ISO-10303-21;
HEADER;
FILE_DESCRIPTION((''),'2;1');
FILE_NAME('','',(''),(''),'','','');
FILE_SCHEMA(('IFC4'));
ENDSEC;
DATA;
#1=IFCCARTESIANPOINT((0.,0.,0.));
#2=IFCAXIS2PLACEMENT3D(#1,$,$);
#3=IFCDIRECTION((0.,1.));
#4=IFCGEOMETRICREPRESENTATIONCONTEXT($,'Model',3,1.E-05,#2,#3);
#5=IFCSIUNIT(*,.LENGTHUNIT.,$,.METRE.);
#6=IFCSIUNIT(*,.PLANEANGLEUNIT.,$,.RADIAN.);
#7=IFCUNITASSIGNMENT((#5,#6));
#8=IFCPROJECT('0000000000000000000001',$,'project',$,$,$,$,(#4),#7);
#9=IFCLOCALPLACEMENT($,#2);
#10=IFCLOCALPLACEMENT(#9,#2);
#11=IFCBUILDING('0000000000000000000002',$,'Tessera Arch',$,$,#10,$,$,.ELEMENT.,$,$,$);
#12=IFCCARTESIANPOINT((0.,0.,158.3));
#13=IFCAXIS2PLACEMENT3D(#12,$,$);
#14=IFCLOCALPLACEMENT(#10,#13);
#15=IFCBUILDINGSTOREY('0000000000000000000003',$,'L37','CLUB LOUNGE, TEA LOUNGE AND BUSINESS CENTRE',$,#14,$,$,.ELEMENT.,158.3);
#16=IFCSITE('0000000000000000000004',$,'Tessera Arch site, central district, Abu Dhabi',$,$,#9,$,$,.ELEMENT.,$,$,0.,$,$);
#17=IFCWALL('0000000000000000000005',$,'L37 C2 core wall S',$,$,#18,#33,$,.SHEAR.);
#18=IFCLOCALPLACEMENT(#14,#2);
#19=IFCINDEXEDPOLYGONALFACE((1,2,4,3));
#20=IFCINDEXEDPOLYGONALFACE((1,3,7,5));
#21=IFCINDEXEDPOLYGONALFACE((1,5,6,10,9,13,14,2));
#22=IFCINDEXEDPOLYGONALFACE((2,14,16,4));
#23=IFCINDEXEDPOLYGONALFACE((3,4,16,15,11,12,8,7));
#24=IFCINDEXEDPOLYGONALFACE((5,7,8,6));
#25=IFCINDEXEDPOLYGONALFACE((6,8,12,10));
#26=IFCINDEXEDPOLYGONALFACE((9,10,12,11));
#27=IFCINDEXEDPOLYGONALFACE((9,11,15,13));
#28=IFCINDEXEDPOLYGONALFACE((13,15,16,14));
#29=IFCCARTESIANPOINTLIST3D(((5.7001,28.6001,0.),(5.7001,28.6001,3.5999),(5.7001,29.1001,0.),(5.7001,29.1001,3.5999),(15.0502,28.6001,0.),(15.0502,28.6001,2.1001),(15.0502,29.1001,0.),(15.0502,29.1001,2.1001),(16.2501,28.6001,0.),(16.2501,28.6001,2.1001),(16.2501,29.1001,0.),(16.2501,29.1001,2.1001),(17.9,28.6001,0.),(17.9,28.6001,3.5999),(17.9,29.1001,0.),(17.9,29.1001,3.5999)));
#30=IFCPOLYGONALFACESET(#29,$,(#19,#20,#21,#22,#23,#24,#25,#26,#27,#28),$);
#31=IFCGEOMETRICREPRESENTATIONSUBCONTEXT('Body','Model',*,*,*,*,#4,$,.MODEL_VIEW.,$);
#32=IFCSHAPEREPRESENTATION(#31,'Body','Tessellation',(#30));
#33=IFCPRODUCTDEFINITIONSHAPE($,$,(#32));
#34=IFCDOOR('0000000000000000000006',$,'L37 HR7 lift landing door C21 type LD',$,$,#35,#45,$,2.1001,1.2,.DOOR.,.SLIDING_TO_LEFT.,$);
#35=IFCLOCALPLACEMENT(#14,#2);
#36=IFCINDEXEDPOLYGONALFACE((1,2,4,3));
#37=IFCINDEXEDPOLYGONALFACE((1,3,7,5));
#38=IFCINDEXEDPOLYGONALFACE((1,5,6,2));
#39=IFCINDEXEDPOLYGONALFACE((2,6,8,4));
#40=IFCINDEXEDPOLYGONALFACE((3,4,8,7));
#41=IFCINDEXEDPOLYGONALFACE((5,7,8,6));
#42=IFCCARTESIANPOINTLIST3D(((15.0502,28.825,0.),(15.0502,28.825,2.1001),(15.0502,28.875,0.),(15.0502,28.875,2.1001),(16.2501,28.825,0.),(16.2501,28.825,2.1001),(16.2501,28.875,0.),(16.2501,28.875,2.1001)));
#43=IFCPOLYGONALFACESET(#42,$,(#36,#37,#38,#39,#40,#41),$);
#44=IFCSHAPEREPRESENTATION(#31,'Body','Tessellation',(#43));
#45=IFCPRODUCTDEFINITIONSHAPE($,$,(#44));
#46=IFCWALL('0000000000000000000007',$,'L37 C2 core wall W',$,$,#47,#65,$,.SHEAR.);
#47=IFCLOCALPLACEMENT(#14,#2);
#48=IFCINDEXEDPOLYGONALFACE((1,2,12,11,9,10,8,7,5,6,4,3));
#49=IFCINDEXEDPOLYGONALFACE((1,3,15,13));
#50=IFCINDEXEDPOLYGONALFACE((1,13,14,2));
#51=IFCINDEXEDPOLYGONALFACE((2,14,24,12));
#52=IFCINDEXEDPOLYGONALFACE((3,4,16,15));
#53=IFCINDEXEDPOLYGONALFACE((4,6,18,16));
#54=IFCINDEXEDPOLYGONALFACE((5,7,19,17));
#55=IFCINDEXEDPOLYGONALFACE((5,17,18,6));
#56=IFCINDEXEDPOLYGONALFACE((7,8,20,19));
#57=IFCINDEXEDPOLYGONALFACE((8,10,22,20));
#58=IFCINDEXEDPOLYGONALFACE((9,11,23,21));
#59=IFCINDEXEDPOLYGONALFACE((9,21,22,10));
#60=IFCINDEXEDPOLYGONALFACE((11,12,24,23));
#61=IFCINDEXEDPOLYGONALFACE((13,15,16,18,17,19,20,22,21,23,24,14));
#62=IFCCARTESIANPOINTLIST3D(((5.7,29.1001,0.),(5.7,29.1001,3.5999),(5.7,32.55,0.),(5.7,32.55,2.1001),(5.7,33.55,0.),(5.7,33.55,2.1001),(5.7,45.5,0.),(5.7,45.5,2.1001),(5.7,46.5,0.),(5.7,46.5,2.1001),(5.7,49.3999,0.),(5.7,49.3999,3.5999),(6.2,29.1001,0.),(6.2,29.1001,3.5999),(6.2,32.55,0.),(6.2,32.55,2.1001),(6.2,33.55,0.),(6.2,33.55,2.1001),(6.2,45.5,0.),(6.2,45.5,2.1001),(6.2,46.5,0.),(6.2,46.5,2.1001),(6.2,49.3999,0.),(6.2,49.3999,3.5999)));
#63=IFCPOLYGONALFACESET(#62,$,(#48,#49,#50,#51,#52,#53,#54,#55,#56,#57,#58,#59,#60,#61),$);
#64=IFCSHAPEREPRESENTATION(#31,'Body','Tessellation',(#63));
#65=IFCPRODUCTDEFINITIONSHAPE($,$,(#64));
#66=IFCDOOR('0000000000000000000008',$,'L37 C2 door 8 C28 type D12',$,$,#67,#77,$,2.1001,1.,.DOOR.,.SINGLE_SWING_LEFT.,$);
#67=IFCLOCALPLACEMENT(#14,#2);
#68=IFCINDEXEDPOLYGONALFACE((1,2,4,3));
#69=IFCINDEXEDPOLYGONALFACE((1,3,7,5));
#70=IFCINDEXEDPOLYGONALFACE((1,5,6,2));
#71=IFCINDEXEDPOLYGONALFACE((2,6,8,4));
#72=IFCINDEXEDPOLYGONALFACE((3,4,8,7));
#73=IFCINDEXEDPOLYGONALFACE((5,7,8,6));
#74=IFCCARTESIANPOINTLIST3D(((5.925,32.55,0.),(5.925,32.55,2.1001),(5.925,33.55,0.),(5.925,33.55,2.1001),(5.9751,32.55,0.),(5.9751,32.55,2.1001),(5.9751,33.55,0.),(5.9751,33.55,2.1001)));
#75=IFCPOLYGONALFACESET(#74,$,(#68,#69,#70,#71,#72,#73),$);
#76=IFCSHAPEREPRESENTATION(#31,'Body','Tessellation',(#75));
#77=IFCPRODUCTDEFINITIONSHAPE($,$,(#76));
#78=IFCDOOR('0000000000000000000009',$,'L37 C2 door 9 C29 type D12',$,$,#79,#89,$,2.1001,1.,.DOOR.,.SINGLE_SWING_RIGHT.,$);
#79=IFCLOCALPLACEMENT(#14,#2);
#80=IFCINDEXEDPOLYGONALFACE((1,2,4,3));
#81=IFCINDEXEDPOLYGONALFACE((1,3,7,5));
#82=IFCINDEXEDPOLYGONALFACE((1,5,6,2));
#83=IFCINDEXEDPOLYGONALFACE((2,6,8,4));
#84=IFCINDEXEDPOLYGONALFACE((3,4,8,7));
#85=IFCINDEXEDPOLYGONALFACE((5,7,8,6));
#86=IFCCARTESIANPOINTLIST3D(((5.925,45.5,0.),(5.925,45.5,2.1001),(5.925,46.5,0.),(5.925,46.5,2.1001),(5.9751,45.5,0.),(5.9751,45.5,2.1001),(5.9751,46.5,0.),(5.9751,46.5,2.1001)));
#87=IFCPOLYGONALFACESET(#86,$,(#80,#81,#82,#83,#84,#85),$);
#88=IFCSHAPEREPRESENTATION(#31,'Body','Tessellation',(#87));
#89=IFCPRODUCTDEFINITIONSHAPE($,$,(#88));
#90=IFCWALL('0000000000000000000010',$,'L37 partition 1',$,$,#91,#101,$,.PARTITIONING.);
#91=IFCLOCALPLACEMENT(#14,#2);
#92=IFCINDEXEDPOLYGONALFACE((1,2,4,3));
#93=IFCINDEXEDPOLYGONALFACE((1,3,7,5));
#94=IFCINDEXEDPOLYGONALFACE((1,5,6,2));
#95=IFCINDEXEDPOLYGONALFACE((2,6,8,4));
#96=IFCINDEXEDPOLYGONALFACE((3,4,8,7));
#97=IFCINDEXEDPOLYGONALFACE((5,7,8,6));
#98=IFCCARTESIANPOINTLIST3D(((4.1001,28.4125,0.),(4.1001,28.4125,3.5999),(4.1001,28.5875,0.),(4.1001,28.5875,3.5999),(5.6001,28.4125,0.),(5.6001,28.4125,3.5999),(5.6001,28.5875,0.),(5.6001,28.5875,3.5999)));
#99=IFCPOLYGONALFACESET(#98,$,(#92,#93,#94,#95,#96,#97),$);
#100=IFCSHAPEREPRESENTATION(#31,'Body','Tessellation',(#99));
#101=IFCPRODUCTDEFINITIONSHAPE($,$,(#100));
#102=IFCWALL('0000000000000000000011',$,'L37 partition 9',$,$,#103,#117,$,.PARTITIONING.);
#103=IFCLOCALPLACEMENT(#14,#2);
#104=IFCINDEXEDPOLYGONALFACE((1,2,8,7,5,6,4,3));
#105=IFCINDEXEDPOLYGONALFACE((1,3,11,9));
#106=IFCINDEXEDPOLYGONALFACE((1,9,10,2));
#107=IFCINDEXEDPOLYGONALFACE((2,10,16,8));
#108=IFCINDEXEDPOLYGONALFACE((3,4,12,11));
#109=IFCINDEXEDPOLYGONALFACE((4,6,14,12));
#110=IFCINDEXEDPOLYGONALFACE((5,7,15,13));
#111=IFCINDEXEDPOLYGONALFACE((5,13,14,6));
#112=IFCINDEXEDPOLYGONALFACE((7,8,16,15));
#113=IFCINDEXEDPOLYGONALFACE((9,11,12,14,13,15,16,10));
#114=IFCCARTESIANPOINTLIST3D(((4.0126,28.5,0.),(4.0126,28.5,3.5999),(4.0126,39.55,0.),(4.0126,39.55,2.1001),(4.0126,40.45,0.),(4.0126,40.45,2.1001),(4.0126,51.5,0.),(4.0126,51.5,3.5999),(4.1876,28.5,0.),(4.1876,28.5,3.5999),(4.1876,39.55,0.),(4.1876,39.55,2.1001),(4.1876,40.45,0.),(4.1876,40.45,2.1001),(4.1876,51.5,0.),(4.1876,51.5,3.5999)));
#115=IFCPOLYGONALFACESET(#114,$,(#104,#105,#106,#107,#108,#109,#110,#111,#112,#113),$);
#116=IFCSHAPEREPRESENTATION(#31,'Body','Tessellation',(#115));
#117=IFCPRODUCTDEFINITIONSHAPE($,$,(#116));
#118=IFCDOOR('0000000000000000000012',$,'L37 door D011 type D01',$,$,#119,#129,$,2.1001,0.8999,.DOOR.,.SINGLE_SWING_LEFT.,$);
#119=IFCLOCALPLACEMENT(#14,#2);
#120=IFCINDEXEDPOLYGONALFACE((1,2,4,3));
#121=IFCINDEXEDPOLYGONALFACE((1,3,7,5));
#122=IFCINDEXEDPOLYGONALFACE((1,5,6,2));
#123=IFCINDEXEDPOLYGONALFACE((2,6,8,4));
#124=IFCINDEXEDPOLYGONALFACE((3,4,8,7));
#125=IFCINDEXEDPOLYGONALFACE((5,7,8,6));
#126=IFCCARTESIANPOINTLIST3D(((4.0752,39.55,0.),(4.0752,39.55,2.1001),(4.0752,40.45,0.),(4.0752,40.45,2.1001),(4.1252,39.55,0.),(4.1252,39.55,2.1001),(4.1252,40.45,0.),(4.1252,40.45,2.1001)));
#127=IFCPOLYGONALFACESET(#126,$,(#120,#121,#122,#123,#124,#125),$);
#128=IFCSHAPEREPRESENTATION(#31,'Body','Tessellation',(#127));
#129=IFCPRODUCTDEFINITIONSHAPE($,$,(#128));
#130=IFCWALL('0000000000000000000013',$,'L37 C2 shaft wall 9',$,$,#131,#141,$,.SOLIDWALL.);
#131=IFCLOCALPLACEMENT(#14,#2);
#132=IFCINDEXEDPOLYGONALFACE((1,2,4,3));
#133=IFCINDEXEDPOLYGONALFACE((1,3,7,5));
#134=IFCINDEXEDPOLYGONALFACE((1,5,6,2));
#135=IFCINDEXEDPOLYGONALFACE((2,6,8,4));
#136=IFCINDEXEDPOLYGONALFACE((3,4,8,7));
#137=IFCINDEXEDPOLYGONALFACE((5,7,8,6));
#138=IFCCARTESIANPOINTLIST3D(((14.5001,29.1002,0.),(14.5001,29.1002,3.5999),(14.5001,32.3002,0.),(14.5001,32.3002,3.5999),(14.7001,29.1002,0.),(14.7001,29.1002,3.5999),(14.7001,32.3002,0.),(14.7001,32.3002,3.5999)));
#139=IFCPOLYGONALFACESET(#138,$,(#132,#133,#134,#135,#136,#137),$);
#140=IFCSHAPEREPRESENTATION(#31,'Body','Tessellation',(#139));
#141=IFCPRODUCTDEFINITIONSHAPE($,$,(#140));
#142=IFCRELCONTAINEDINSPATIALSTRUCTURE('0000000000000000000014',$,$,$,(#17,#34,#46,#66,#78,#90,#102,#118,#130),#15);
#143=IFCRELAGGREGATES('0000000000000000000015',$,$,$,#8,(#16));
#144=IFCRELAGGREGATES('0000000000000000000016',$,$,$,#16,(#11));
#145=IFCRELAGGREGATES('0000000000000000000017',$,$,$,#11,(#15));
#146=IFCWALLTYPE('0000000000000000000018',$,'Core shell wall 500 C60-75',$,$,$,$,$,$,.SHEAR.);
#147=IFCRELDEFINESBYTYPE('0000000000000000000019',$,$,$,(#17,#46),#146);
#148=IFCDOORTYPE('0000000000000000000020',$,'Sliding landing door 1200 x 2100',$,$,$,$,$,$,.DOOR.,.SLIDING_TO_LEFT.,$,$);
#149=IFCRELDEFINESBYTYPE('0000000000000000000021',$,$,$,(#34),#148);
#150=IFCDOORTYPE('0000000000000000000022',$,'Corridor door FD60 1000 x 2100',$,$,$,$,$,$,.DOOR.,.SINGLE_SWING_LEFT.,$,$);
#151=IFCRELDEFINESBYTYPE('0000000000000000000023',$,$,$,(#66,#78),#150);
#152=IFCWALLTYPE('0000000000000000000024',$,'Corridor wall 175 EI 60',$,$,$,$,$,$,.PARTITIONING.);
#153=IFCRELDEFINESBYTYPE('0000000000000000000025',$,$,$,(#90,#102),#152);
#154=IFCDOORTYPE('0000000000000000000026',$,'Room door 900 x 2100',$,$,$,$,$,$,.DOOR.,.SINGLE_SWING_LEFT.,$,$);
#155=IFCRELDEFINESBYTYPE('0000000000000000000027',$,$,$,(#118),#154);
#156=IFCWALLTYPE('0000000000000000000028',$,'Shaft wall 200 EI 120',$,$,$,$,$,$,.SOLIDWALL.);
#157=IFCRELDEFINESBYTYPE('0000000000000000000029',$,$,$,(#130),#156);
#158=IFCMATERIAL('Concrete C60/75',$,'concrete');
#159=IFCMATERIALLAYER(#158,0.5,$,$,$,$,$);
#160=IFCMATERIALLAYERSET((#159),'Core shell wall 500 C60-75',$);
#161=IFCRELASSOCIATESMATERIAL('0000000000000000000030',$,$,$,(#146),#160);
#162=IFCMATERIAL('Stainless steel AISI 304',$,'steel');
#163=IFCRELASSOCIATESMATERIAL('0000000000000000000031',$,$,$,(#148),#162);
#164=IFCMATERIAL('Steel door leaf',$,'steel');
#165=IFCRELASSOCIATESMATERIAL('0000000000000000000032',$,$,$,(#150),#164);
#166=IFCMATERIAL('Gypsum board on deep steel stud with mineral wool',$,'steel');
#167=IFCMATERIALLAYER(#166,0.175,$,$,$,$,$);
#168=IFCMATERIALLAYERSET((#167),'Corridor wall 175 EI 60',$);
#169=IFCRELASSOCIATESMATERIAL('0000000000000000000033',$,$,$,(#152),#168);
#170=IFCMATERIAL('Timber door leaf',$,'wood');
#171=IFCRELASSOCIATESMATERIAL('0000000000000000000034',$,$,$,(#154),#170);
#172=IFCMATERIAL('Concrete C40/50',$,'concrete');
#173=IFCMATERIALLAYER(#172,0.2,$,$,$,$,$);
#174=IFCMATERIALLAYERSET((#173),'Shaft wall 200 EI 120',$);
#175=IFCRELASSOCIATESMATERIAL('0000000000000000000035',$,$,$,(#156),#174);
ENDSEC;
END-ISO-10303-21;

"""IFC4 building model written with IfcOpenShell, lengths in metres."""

from ifc_helpers import new_model, si_unit, direction, frame, frame_2d, origin, place, context, subcontext, project, spatial, rectangle, extrude, material, layer, layer_set, type_object, element, fill, save


model = new_model("IFC4")

# Units and contexts
model_context = context("Model", 3, precision=1e-05, world=origin(), true_north=direction((0.0, 1.0)))
body_context = subcontext(model_context, "Body", "Model", "MODEL_VIEW")
ifc_project = project(units=[si_unit("LENGTHUNIT", "METRE"), si_unit("PLANEANGLEUNIT", "RADIAN")], contexts=[model_context])

# Site, building, storey
site_placement = place(None, origin())
site = spatial("IfcSite", under=ifc_project, at=site_placement, Name="Tessera Arch site, central district, Abu Dhabi", CompositionType="ELEMENT", RefElevation=0.0)
building_placement = place(site_placement, origin())
building = spatial("IfcBuilding", under=site, at=building_placement, Name="Tessera Arch", CompositionType="ELEMENT")
storey_placement = place(building_placement, frame((0.0, 0.0, 158.3)))
storey = spatial("IfcBuildingStorey", under=building, at=storey_placement, Name="L37", Description="CLUB LOUNGE, TEA LOUNGE AND BUSINESS CENTRE", CompositionType="ELEMENT", Elevation=158.3)

# Wall, opening, door
ifc_material_1 = material(Name="Concrete C60/75", Category="concrete")
ifc_layer_1 = layer(ifc_material_1, 0.5)
ifc_layer_set_1 = layer_set([ifc_layer_1], Name="Core shell wall 500 C60-75")
wall_type_1 = type_object("IfcWallType", Name="Core shell wall 500 C60-75", PredefinedType="SHEAR", material=ifc_layer_set_1)
wall_1_placement = place(storey_placement, frame((5.7, 28.8501, 0.0), z_axis=(0.0, 0.0, 1.0), x_axis=(1.0, 0.0, 0.0)))
wall_1 = element("IfcWall", 1, at=wall_1_placement, inside=storey, type_object=wall_type_1, Name="L37 C2 core wall S", PredefinedType="SHEAR", context=body_context, shape_type="SweptSolid", body=[
    extrude(rectangle(XDim=12.2, YDim=0.5, at=frame_2d((6.1001, 0.0))), origin(), (0.0, 0.0, 1.0), 3.5999),
])
opening_1_placement = place(wall_1_placement, frame((9.3501, 0.0, 0.0)))
opening_1 = element("IfcOpeningElement", 2, at=opening_1_placement, cuts=wall_1, PredefinedType="OPENING", context=body_context, shape_type="SweptSolid", body=[
    extrude(rectangle(XDim=1.2, YDim=2.1001, at=frame_2d((0.6001, 1.05))), frame((0.0, 0.26, 0.0), z_axis=(0.0, -1.0, 0.0), x_axis=(1.0, 0.0, 0.0)), (0.0, 0.0, 1.0), 0.52),
])
ifc_material_2 = material(Name="Stainless steel AISI 304", Category="steel")
door_type_1 = type_object("IfcDoorType", Name="Sliding landing door 1200 x 2100", OperationType="SLIDING_TO_LEFT", PredefinedType="DOOR", material=ifc_material_2)
door_1_placement = place(opening_1_placement, origin())
door_1 = element("IfcDoor", 3, at=door_1_placement, inside=storey, type_object=door_type_1, Name="L37 HR7 lift landing door C21 type LD", OperationType="SLIDING_TO_LEFT", OverallHeight=2.1001, OverallWidth=1.2, PredefinedType="DOOR", context=body_context, shape_type="SweptSolid", body=[
    extrude(rectangle(XDim=1.2, YDim=2.1001, at=frame_2d((0.6001, 1.05))), frame((0.0, 0.0249, 0.0), z_axis=(0.0, -1.0, 0.0), x_axis=(1.0, 0.0, 0.0)), (0.0, 0.0, 1.0), 0.05),
])
fill(opening_1, door_1)

# Wall, openings, doors
wall_2_placement = place(storey_placement, frame((5.95, 29.1001, 0.0), z_axis=(0.0, 0.0, 1.0), x_axis=(0.0, 1.0, 0.0)))
wall_2 = element("IfcWall", 4, at=wall_2_placement, inside=storey, type_object=wall_type_1, Name="L37 C2 core wall W", PredefinedType="SHEAR", context=body_context, shape_type="SweptSolid", body=[
    extrude(rectangle(XDim=20.2998, YDim=0.5, at=frame_2d((10.1499, 0.0))), origin(), (0.0, 0.0, 1.0), 3.5999),
])
opening_2_placement = place(wall_2_placement, frame((3.45, 0.0, 0.0)))
opening_2 = element("IfcOpeningElement", 5, at=opening_2_placement, cuts=wall_2, PredefinedType="OPENING", context=body_context, shape_type="SweptSolid", body=[
    extrude(rectangle(XDim=1.0, YDim=2.1001, at=frame_2d((0.5, 1.05))), frame((0.0, 0.26, 0.0), z_axis=(0.0, -1.0, 0.0), x_axis=(1.0, 0.0, 0.0)), (0.0, 0.0, 1.0), 0.52),
])
opening_3_placement = place(wall_2_placement, frame((16.3999, 0.0, 0.0)))
opening_3 = element("IfcOpeningElement", 6, at=opening_3_placement, cuts=wall_2, PredefinedType="OPENING", context=body_context, shape_type="SweptSolid", body=[
    extrude(rectangle(XDim=1.0, YDim=2.1001, at=frame_2d((0.5, 1.05))), frame((0.0, 0.26, 0.0), z_axis=(0.0, -1.0, 0.0), x_axis=(1.0, 0.0, 0.0)), (0.0, 0.0, 1.0), 0.52),
])
ifc_material_3 = material(Name="Steel door leaf", Category="steel")
door_type_2 = type_object("IfcDoorType", Name="Corridor door FD60 1000 x 2100", OperationType="SINGLE_SWING_LEFT", PredefinedType="DOOR", material=ifc_material_3)
door_2_placement = place(opening_2_placement, origin())
door_2 = element("IfcDoor", 7, at=door_2_placement, inside=storey, type_object=door_type_2, Name="L37 C2 door 8 C28 type D12", OperationType="SINGLE_SWING_LEFT", OverallHeight=2.1001, OverallWidth=1.0, PredefinedType="DOOR", context=body_context, shape_type="SweptSolid", body=[
    extrude(rectangle(XDim=1.0, YDim=2.1001, at=frame_2d((0.5, 1.05))), frame((0.0, 0.0249, 0.0), z_axis=(0.0, -1.0, 0.0), x_axis=(1.0, 0.0, 0.0)), (0.0, 0.0, 1.0), 0.05),
])
fill(opening_2, door_2)
door_3_placement = place(opening_3_placement, origin())
door_3 = element("IfcDoor", 8, at=door_3_placement, inside=storey, type_object=door_type_2, Name="L37 C2 door 9 C29 type D12", OperationType="SINGLE_SWING_RIGHT", OverallHeight=2.1001, OverallWidth=1.0, PredefinedType="DOOR", context=body_context, shape_type="SweptSolid", body=[
    extrude(rectangle(XDim=1.0, YDim=2.1001, at=frame_2d((0.5, 1.05))), frame((0.0, 0.0249, 0.0), z_axis=(0.0, -1.0, 0.0), x_axis=(1.0, 0.0, 0.0)), (0.0, 0.0, 1.0), 0.05),
])
fill(opening_3, door_3)

# Wall
ifc_material_4 = material(Name="Gypsum board on deep steel stud with mineral wool", Category="steel")
ifc_layer_2 = layer(ifc_material_4, 0.175)
ifc_layer_set_2 = layer_set([ifc_layer_2], Name="Corridor wall 175 EI 60")
wall_type_2 = type_object("IfcWallType", Name="Corridor wall 175 EI 60", PredefinedType="PARTITIONING", material=ifc_layer_set_2)
wall_3_placement = place(storey_placement, frame((4.1001, 28.5, 0.0), z_axis=(0.0, 0.0, 1.0), x_axis=(1.0, 0.0, 0.0)))
element("IfcWall", 9, at=wall_3_placement, inside=storey, type_object=wall_type_2, Name="L37 partition 1", PredefinedType="PARTITIONING", context=body_context, shape_type="SweptSolid", body=[
    extrude(rectangle(XDim=1.5, YDim=0.175, at=frame_2d((0.75, 0.0))), origin(), (0.0, 0.0, 1.0), 3.5999),
])

# Wall, opening, door
wall_4_placement = place(storey_placement, frame((4.1001, 28.5, 0.0), z_axis=(0.0, 0.0, 1.0), x_axis=(0.0, 1.0, 0.0)))
wall_4 = element("IfcWall", 10, at=wall_4_placement, inside=storey, type_object=wall_type_2, Name="L37 partition 9", PredefinedType="PARTITIONING", context=body_context, shape_type="SweptSolid", body=[
    extrude(rectangle(XDim=23.0, YDim=0.175, at=frame_2d((11.5, 0.0))), origin(), (0.0, 0.0, 1.0), 3.5999),
])
opening_4_placement = place(wall_4_placement, frame((11.05, 0.0, 0.0)))
opening_4 = element("IfcOpeningElement", 11, at=opening_4_placement, cuts=wall_4, PredefinedType="OPENING", context=body_context, shape_type="SweptSolid", body=[
    extrude(rectangle(XDim=0.8999, YDim=2.1001, at=frame_2d((0.45, 1.05))), frame((0.0, 0.0974, 0.0), z_axis=(0.0, -1.0, 0.0), x_axis=(1.0, 0.0, 0.0)), (0.0, 0.0, 1.0), 0.1951),
])
ifc_material_5 = material(Name="Timber door leaf", Category="wood")
door_type_3 = type_object("IfcDoorType", Name="Room door 900 x 2100", OperationType="SINGLE_SWING_LEFT", PredefinedType="DOOR", material=ifc_material_5)
door_4_placement = place(opening_4_placement, origin())
door_4 = element("IfcDoor", 12, at=door_4_placement, inside=storey, type_object=door_type_3, Name="L37 door D011 type D01", OperationType="SINGLE_SWING_LEFT", OverallHeight=2.1001, OverallWidth=0.8999, PredefinedType="DOOR", context=body_context, shape_type="SweptSolid", body=[
    extrude(rectangle(XDim=0.8999, YDim=2.1001, at=frame_2d((0.45, 1.05))), frame((0.0, 0.0249, 0.0), z_axis=(0.0, -1.0, 0.0), x_axis=(1.0, 0.0, 0.0)), (0.0, 0.0, 1.0), 0.05),
])
fill(opening_4, door_4)

# Wall
ifc_material_6 = material(Name="Concrete C40/50", Category="concrete")
ifc_layer_3 = layer(ifc_material_6, 0.2)
ifc_layer_set_3 = layer_set([ifc_layer_3], Name="Shaft wall 200 EI 120")
wall_type_3 = type_object("IfcWallType", Name="Shaft wall 200 EI 120", PredefinedType="SOLIDWALL", material=ifc_layer_set_3)
wall_5_placement = place(storey_placement, frame((14.6001, 29.1001, 0.0), z_axis=(0.0, 0.0, 1.0), x_axis=(0.0, 1.0, 0.0)))
element("IfcWall", 13, at=wall_5_placement, inside=storey, type_object=wall_type_3, Name="L37 C2 shaft wall 9", PredefinedType="SOLIDWALL", context=body_context, shape_type="SweptSolid", body=[
    extrude(rectangle(XDim=3.2, YDim=0.2, at=frame_2d((1.6001, 0.0))), origin(), (0.0, 0.0, 1.0), 3.5999),
])

save(model, "model.ifc")
